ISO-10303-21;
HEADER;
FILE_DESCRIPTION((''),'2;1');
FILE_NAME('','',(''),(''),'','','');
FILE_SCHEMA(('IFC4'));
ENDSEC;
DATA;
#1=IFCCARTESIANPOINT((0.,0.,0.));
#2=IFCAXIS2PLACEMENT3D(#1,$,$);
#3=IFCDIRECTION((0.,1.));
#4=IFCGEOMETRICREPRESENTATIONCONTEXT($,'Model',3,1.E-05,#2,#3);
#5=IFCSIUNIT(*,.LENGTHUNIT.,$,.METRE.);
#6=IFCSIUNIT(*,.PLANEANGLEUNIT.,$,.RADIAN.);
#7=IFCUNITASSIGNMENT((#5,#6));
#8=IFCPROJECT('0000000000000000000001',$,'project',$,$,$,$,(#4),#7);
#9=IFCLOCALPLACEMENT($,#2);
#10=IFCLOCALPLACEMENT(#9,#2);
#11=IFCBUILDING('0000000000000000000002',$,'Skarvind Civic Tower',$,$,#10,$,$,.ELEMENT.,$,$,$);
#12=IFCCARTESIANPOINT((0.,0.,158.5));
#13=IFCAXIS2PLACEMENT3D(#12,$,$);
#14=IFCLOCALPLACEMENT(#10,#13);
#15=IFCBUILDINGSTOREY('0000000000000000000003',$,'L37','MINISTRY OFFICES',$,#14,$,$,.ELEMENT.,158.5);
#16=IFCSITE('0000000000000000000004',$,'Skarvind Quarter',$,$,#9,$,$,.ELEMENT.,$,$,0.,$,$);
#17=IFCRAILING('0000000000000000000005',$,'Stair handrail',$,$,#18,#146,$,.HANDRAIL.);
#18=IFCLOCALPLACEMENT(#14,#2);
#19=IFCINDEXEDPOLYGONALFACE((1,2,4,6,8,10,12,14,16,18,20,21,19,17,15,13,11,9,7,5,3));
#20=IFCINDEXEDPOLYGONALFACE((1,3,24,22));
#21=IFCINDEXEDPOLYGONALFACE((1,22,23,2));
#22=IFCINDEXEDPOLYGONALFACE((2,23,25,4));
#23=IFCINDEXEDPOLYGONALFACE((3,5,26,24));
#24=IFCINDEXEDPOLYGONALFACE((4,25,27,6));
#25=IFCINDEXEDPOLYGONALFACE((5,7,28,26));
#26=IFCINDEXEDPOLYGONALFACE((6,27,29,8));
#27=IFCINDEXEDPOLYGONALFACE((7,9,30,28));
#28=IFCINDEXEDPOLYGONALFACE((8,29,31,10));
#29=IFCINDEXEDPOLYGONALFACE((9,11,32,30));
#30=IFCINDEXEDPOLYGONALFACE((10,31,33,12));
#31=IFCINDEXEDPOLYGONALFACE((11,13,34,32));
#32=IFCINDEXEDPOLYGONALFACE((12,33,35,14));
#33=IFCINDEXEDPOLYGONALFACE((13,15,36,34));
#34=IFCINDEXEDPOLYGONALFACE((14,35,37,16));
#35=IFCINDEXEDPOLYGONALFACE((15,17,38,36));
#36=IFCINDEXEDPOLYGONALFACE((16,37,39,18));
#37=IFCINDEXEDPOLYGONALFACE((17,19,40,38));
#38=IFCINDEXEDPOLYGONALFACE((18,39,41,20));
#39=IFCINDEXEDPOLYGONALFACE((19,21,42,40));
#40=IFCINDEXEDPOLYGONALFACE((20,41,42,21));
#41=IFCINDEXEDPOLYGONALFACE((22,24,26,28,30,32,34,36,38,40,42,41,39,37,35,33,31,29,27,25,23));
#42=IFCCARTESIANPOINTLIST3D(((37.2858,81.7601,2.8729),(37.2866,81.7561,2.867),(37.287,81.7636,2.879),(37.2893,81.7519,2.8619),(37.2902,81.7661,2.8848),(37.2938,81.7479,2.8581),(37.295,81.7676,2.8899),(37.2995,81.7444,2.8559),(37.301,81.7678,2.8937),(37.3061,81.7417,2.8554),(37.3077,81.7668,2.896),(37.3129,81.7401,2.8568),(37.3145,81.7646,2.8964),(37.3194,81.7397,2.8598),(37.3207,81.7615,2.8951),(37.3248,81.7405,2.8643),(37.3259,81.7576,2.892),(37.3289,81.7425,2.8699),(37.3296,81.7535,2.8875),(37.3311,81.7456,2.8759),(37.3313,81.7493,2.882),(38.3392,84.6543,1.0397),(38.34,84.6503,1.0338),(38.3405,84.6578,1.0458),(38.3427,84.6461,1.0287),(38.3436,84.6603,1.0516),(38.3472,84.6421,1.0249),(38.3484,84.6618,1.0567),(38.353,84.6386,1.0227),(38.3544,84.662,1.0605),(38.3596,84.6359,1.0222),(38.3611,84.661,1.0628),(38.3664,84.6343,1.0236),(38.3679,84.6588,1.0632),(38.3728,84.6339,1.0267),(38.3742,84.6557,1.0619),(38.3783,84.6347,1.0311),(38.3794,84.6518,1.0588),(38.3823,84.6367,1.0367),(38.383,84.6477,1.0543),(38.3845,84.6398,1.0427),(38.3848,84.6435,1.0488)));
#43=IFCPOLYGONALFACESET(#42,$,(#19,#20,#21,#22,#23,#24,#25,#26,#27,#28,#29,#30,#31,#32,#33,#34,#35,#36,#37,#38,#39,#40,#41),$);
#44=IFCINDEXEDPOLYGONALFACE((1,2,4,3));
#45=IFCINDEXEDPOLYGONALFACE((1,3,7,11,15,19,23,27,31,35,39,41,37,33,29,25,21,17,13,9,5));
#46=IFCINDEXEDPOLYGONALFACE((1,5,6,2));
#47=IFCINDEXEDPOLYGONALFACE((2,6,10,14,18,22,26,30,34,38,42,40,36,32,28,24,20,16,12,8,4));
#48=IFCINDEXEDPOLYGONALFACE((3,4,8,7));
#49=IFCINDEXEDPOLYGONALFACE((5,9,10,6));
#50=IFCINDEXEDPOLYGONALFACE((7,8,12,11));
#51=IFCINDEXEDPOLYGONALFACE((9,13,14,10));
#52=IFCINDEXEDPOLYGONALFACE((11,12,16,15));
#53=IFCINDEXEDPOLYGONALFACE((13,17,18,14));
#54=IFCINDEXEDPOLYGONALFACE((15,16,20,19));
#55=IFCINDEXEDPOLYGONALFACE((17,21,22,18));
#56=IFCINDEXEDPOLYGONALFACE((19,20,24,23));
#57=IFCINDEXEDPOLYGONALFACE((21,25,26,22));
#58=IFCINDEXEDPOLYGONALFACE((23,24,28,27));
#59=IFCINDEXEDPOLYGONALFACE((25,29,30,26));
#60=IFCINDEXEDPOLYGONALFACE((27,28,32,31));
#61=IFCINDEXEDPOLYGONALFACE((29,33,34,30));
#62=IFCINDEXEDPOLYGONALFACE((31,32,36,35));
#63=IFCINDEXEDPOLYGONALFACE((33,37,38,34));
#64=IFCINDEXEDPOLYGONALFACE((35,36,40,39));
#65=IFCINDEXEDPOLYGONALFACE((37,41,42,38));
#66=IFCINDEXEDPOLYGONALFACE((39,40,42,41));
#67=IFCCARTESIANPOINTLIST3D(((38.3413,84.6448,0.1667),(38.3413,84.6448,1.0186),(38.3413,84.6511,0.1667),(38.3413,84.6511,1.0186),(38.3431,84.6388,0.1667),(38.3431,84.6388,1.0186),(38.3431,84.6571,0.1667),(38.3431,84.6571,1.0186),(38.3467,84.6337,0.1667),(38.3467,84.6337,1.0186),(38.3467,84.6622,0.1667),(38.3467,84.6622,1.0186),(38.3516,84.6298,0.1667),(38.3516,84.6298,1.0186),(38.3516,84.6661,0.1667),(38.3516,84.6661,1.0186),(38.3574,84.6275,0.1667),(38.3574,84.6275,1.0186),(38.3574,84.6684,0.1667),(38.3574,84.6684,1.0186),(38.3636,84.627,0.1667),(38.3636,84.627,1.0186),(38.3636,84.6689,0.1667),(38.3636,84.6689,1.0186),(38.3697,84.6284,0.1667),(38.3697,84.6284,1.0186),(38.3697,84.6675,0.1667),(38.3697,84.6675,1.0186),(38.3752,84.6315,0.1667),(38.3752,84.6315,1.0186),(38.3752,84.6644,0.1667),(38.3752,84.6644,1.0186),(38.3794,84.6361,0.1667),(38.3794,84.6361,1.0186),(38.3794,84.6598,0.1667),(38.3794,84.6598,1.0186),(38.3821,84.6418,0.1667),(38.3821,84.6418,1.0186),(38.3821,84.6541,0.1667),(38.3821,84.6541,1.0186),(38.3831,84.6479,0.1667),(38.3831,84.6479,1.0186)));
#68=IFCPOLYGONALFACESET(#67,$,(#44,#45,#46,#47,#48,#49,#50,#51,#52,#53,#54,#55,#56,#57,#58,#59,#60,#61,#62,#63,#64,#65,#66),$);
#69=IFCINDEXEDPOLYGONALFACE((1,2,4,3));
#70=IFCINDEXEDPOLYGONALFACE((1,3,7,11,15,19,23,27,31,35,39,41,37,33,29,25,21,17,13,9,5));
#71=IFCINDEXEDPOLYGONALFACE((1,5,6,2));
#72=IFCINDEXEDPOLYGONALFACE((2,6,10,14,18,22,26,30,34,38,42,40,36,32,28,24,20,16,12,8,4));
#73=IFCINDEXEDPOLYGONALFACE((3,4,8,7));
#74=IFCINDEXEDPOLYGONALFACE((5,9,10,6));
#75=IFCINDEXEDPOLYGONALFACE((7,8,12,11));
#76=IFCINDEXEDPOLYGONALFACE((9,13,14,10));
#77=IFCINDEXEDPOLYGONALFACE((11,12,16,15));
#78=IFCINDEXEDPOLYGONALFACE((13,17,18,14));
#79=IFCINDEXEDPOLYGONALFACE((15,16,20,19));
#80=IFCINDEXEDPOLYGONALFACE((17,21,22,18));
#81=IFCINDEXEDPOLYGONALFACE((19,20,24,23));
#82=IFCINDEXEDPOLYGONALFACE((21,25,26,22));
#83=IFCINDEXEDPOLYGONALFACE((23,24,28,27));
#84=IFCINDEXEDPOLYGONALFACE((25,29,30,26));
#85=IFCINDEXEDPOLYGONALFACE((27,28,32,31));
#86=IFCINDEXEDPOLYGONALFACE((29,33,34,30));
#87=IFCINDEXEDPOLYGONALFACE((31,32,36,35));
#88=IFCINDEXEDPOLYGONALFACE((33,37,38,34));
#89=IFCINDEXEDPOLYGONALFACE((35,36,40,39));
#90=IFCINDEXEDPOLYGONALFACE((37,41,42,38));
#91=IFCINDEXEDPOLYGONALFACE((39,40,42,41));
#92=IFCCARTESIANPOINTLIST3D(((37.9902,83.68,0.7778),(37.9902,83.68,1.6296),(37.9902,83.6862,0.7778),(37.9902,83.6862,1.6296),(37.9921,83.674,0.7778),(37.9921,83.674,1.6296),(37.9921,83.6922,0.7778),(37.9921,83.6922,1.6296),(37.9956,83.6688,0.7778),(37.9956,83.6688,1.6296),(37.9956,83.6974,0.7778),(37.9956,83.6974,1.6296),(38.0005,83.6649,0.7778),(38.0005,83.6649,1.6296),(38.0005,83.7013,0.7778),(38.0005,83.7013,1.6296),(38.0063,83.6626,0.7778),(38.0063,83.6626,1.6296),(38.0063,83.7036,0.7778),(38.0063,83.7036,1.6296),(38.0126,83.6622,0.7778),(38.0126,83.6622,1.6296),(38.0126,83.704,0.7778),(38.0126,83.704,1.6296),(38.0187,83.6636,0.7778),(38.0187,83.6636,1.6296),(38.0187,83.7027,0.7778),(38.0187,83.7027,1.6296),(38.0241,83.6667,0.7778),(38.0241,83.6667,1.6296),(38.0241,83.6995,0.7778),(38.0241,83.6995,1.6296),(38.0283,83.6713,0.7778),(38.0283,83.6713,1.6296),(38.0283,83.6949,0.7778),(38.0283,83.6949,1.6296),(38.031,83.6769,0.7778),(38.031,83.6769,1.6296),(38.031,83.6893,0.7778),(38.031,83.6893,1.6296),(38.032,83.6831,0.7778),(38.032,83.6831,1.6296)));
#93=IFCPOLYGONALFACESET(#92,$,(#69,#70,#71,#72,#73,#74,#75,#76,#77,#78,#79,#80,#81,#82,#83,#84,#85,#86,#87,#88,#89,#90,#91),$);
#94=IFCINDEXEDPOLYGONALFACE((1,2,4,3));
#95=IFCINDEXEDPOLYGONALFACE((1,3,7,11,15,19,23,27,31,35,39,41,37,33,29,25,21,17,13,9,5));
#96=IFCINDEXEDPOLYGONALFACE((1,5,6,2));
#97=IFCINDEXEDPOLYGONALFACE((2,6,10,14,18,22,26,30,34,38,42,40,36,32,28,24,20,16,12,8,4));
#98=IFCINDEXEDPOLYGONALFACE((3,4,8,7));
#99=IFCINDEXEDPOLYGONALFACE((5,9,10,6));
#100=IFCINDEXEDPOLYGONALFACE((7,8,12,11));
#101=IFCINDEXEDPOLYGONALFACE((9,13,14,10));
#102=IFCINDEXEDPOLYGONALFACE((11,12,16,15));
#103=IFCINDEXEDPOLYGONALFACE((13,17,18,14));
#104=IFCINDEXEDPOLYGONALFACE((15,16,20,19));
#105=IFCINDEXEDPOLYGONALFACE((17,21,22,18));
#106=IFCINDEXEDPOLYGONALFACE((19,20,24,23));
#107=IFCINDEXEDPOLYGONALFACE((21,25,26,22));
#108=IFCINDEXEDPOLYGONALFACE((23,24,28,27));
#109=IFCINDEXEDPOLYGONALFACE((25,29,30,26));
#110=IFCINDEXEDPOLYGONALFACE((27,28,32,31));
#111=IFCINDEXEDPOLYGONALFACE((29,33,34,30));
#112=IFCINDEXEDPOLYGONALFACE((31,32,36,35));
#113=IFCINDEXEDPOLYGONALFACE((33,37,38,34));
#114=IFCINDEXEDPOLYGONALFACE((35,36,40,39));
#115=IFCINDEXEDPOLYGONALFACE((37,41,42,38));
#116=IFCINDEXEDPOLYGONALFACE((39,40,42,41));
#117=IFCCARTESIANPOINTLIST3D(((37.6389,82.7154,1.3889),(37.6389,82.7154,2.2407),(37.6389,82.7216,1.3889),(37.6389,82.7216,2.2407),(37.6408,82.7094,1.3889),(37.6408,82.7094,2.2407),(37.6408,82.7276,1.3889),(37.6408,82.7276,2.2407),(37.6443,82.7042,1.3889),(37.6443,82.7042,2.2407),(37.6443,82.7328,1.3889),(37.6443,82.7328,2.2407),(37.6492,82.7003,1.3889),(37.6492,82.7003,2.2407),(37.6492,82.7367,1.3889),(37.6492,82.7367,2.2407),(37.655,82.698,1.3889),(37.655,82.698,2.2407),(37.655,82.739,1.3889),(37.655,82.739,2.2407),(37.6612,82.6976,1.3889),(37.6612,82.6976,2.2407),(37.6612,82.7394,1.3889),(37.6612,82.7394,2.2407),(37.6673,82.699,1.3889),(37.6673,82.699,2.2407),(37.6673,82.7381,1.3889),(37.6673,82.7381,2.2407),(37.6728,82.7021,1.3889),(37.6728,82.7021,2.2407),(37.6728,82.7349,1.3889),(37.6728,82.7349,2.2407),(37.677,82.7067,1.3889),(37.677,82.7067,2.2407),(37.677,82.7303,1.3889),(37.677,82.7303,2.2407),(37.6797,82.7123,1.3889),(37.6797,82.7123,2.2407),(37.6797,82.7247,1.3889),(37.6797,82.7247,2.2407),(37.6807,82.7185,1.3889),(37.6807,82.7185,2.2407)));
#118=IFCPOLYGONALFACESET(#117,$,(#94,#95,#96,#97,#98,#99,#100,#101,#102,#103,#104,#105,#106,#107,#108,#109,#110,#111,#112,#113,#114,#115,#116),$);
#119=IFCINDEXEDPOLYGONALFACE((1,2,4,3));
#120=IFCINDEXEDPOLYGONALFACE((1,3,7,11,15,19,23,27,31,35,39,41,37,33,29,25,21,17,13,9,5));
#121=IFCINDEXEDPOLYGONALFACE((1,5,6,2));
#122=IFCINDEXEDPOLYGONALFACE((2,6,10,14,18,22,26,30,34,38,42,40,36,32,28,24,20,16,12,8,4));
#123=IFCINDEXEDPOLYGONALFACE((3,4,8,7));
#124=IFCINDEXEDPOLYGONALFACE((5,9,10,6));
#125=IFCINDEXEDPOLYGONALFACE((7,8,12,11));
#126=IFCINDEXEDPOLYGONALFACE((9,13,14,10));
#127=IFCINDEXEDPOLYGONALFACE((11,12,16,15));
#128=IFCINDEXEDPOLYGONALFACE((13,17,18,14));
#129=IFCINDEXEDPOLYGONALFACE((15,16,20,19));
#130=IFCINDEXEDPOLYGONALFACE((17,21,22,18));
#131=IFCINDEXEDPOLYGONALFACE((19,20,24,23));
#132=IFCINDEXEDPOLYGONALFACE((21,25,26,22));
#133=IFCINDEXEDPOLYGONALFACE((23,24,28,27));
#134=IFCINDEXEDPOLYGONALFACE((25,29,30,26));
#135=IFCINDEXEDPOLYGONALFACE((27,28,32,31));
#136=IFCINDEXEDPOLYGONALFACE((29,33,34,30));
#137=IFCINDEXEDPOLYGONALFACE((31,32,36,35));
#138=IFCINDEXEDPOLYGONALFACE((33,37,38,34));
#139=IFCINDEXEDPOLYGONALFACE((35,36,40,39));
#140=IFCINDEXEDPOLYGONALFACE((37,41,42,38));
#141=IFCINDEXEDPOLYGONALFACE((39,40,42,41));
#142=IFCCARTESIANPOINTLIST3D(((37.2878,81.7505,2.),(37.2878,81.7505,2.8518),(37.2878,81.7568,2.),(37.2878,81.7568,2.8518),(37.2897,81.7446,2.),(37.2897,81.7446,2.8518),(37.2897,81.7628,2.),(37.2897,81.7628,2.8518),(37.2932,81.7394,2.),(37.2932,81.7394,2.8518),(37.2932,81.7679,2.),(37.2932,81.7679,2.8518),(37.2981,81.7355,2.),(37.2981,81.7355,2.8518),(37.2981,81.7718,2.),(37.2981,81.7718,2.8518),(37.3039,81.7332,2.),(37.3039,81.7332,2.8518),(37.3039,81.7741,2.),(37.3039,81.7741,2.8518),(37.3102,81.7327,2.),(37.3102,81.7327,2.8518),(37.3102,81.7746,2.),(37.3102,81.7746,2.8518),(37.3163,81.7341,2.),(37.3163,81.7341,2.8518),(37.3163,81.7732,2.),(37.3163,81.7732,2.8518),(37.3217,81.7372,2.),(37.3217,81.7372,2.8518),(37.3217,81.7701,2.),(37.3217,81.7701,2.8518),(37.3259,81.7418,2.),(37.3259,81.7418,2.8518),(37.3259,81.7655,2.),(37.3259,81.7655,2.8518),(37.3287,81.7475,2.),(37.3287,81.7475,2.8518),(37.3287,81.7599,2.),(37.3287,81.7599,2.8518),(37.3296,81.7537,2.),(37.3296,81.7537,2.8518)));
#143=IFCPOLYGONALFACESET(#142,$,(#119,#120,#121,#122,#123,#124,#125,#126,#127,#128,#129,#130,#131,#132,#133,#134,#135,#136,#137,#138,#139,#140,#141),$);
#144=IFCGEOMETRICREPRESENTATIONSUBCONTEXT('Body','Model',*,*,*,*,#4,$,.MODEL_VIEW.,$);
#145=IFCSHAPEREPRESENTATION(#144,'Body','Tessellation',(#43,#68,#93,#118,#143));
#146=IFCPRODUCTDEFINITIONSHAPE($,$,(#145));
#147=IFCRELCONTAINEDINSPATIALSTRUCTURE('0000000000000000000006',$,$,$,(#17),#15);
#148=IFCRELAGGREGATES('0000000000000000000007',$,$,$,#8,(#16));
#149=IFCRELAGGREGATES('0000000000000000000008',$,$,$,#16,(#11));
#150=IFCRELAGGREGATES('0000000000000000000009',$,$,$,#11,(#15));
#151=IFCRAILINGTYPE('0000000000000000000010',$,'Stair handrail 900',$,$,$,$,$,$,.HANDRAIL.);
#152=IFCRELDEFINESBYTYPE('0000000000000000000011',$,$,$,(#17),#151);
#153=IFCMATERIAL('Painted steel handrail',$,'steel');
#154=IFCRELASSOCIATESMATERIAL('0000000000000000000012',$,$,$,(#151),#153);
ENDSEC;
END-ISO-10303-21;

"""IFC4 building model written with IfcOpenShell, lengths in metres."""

from ifc_helpers import new_model, si_unit, direction, frame, origin, origin_2d, place, context, subcontext, project, spatial, circle, extrude, material, type_object, element, save


model = new_model("IFC4")

# Units and contexts
model_context = context("Model", 3, precision=1e-05, world=origin(), true_north=direction((0.0, 1.0)))
body_context = subcontext(model_context, "Body", "Model", "MODEL_VIEW")
ifc_project = project(units=[si_unit("LENGTHUNIT", "METRE"), si_unit("PLANEANGLEUNIT", "RADIAN")], contexts=[model_context])

# Site, building, storey
site_placement = place(None, origin())
site = spatial("IfcSite", under=ifc_project, at=site_placement, Name="Skarvind Quarter", CompositionType="ELEMENT", RefElevation=0.0)
building_placement = place(site_placement, origin())
building = spatial("IfcBuilding", under=site, at=building_placement, Name="Skarvind Civic Tower", CompositionType="ELEMENT")
storey_placement = place(building_placement, frame((0.0, 0.0, 158.5)))
storey = spatial("IfcBuildingStorey", under=building, at=storey_placement, Name="L37", Description="MINISTRY OFFICES", CompositionType="ELEMENT", Elevation=158.5)

# Railing
ifc_material_1 = material(Name="Painted steel handrail", Category="steel")
railing_type = type_object("IfcRailingType", Name="Stair handrail 900", PredefinedType="HANDRAIL", material=ifc_material_1)
railing_placement = place(storey_placement, frame((38.3621, 84.6479, 0.1667)))
element("IfcRailing", 1, at=railing_placement, inside=storey, type_object=railing_type, Name="Stair handrail", PredefinedType="HANDRAIL", context=body_context, shape_type="SweptSolid", body=[
    extrude(circle(Radius=0.0239, at=origin_2d()), frame((0.0, 0.0, 0.876), z_axis=(-0.293908, -0.807481, 0.511461), x_axis=(0.939689, -0.342029, 0.0)), (0.0, 0.0, 1.0), 3.5842),
    extrude(circle(Radius=0.021, at=origin_2d()), origin(), (0.0, 0.0, 1.0), 0.8518),
    extrude(circle(Radius=0.021, at=origin_2d()), frame((-0.3511, -0.9648, 0.6111)), (0.0, 0.0, 1.0), 0.8518),
    extrude(circle(Radius=0.021, at=origin_2d()), frame((-0.7024, -1.9294, 1.2222)), (0.0, 0.0, 1.0), 0.8518),
    extrude(circle(Radius=0.021, at=origin_2d()), frame((-1.0535, -2.8943, 1.8333)), (0.0, 0.0, 1.0), 0.8518),
])

save(model, "model.ifc")
